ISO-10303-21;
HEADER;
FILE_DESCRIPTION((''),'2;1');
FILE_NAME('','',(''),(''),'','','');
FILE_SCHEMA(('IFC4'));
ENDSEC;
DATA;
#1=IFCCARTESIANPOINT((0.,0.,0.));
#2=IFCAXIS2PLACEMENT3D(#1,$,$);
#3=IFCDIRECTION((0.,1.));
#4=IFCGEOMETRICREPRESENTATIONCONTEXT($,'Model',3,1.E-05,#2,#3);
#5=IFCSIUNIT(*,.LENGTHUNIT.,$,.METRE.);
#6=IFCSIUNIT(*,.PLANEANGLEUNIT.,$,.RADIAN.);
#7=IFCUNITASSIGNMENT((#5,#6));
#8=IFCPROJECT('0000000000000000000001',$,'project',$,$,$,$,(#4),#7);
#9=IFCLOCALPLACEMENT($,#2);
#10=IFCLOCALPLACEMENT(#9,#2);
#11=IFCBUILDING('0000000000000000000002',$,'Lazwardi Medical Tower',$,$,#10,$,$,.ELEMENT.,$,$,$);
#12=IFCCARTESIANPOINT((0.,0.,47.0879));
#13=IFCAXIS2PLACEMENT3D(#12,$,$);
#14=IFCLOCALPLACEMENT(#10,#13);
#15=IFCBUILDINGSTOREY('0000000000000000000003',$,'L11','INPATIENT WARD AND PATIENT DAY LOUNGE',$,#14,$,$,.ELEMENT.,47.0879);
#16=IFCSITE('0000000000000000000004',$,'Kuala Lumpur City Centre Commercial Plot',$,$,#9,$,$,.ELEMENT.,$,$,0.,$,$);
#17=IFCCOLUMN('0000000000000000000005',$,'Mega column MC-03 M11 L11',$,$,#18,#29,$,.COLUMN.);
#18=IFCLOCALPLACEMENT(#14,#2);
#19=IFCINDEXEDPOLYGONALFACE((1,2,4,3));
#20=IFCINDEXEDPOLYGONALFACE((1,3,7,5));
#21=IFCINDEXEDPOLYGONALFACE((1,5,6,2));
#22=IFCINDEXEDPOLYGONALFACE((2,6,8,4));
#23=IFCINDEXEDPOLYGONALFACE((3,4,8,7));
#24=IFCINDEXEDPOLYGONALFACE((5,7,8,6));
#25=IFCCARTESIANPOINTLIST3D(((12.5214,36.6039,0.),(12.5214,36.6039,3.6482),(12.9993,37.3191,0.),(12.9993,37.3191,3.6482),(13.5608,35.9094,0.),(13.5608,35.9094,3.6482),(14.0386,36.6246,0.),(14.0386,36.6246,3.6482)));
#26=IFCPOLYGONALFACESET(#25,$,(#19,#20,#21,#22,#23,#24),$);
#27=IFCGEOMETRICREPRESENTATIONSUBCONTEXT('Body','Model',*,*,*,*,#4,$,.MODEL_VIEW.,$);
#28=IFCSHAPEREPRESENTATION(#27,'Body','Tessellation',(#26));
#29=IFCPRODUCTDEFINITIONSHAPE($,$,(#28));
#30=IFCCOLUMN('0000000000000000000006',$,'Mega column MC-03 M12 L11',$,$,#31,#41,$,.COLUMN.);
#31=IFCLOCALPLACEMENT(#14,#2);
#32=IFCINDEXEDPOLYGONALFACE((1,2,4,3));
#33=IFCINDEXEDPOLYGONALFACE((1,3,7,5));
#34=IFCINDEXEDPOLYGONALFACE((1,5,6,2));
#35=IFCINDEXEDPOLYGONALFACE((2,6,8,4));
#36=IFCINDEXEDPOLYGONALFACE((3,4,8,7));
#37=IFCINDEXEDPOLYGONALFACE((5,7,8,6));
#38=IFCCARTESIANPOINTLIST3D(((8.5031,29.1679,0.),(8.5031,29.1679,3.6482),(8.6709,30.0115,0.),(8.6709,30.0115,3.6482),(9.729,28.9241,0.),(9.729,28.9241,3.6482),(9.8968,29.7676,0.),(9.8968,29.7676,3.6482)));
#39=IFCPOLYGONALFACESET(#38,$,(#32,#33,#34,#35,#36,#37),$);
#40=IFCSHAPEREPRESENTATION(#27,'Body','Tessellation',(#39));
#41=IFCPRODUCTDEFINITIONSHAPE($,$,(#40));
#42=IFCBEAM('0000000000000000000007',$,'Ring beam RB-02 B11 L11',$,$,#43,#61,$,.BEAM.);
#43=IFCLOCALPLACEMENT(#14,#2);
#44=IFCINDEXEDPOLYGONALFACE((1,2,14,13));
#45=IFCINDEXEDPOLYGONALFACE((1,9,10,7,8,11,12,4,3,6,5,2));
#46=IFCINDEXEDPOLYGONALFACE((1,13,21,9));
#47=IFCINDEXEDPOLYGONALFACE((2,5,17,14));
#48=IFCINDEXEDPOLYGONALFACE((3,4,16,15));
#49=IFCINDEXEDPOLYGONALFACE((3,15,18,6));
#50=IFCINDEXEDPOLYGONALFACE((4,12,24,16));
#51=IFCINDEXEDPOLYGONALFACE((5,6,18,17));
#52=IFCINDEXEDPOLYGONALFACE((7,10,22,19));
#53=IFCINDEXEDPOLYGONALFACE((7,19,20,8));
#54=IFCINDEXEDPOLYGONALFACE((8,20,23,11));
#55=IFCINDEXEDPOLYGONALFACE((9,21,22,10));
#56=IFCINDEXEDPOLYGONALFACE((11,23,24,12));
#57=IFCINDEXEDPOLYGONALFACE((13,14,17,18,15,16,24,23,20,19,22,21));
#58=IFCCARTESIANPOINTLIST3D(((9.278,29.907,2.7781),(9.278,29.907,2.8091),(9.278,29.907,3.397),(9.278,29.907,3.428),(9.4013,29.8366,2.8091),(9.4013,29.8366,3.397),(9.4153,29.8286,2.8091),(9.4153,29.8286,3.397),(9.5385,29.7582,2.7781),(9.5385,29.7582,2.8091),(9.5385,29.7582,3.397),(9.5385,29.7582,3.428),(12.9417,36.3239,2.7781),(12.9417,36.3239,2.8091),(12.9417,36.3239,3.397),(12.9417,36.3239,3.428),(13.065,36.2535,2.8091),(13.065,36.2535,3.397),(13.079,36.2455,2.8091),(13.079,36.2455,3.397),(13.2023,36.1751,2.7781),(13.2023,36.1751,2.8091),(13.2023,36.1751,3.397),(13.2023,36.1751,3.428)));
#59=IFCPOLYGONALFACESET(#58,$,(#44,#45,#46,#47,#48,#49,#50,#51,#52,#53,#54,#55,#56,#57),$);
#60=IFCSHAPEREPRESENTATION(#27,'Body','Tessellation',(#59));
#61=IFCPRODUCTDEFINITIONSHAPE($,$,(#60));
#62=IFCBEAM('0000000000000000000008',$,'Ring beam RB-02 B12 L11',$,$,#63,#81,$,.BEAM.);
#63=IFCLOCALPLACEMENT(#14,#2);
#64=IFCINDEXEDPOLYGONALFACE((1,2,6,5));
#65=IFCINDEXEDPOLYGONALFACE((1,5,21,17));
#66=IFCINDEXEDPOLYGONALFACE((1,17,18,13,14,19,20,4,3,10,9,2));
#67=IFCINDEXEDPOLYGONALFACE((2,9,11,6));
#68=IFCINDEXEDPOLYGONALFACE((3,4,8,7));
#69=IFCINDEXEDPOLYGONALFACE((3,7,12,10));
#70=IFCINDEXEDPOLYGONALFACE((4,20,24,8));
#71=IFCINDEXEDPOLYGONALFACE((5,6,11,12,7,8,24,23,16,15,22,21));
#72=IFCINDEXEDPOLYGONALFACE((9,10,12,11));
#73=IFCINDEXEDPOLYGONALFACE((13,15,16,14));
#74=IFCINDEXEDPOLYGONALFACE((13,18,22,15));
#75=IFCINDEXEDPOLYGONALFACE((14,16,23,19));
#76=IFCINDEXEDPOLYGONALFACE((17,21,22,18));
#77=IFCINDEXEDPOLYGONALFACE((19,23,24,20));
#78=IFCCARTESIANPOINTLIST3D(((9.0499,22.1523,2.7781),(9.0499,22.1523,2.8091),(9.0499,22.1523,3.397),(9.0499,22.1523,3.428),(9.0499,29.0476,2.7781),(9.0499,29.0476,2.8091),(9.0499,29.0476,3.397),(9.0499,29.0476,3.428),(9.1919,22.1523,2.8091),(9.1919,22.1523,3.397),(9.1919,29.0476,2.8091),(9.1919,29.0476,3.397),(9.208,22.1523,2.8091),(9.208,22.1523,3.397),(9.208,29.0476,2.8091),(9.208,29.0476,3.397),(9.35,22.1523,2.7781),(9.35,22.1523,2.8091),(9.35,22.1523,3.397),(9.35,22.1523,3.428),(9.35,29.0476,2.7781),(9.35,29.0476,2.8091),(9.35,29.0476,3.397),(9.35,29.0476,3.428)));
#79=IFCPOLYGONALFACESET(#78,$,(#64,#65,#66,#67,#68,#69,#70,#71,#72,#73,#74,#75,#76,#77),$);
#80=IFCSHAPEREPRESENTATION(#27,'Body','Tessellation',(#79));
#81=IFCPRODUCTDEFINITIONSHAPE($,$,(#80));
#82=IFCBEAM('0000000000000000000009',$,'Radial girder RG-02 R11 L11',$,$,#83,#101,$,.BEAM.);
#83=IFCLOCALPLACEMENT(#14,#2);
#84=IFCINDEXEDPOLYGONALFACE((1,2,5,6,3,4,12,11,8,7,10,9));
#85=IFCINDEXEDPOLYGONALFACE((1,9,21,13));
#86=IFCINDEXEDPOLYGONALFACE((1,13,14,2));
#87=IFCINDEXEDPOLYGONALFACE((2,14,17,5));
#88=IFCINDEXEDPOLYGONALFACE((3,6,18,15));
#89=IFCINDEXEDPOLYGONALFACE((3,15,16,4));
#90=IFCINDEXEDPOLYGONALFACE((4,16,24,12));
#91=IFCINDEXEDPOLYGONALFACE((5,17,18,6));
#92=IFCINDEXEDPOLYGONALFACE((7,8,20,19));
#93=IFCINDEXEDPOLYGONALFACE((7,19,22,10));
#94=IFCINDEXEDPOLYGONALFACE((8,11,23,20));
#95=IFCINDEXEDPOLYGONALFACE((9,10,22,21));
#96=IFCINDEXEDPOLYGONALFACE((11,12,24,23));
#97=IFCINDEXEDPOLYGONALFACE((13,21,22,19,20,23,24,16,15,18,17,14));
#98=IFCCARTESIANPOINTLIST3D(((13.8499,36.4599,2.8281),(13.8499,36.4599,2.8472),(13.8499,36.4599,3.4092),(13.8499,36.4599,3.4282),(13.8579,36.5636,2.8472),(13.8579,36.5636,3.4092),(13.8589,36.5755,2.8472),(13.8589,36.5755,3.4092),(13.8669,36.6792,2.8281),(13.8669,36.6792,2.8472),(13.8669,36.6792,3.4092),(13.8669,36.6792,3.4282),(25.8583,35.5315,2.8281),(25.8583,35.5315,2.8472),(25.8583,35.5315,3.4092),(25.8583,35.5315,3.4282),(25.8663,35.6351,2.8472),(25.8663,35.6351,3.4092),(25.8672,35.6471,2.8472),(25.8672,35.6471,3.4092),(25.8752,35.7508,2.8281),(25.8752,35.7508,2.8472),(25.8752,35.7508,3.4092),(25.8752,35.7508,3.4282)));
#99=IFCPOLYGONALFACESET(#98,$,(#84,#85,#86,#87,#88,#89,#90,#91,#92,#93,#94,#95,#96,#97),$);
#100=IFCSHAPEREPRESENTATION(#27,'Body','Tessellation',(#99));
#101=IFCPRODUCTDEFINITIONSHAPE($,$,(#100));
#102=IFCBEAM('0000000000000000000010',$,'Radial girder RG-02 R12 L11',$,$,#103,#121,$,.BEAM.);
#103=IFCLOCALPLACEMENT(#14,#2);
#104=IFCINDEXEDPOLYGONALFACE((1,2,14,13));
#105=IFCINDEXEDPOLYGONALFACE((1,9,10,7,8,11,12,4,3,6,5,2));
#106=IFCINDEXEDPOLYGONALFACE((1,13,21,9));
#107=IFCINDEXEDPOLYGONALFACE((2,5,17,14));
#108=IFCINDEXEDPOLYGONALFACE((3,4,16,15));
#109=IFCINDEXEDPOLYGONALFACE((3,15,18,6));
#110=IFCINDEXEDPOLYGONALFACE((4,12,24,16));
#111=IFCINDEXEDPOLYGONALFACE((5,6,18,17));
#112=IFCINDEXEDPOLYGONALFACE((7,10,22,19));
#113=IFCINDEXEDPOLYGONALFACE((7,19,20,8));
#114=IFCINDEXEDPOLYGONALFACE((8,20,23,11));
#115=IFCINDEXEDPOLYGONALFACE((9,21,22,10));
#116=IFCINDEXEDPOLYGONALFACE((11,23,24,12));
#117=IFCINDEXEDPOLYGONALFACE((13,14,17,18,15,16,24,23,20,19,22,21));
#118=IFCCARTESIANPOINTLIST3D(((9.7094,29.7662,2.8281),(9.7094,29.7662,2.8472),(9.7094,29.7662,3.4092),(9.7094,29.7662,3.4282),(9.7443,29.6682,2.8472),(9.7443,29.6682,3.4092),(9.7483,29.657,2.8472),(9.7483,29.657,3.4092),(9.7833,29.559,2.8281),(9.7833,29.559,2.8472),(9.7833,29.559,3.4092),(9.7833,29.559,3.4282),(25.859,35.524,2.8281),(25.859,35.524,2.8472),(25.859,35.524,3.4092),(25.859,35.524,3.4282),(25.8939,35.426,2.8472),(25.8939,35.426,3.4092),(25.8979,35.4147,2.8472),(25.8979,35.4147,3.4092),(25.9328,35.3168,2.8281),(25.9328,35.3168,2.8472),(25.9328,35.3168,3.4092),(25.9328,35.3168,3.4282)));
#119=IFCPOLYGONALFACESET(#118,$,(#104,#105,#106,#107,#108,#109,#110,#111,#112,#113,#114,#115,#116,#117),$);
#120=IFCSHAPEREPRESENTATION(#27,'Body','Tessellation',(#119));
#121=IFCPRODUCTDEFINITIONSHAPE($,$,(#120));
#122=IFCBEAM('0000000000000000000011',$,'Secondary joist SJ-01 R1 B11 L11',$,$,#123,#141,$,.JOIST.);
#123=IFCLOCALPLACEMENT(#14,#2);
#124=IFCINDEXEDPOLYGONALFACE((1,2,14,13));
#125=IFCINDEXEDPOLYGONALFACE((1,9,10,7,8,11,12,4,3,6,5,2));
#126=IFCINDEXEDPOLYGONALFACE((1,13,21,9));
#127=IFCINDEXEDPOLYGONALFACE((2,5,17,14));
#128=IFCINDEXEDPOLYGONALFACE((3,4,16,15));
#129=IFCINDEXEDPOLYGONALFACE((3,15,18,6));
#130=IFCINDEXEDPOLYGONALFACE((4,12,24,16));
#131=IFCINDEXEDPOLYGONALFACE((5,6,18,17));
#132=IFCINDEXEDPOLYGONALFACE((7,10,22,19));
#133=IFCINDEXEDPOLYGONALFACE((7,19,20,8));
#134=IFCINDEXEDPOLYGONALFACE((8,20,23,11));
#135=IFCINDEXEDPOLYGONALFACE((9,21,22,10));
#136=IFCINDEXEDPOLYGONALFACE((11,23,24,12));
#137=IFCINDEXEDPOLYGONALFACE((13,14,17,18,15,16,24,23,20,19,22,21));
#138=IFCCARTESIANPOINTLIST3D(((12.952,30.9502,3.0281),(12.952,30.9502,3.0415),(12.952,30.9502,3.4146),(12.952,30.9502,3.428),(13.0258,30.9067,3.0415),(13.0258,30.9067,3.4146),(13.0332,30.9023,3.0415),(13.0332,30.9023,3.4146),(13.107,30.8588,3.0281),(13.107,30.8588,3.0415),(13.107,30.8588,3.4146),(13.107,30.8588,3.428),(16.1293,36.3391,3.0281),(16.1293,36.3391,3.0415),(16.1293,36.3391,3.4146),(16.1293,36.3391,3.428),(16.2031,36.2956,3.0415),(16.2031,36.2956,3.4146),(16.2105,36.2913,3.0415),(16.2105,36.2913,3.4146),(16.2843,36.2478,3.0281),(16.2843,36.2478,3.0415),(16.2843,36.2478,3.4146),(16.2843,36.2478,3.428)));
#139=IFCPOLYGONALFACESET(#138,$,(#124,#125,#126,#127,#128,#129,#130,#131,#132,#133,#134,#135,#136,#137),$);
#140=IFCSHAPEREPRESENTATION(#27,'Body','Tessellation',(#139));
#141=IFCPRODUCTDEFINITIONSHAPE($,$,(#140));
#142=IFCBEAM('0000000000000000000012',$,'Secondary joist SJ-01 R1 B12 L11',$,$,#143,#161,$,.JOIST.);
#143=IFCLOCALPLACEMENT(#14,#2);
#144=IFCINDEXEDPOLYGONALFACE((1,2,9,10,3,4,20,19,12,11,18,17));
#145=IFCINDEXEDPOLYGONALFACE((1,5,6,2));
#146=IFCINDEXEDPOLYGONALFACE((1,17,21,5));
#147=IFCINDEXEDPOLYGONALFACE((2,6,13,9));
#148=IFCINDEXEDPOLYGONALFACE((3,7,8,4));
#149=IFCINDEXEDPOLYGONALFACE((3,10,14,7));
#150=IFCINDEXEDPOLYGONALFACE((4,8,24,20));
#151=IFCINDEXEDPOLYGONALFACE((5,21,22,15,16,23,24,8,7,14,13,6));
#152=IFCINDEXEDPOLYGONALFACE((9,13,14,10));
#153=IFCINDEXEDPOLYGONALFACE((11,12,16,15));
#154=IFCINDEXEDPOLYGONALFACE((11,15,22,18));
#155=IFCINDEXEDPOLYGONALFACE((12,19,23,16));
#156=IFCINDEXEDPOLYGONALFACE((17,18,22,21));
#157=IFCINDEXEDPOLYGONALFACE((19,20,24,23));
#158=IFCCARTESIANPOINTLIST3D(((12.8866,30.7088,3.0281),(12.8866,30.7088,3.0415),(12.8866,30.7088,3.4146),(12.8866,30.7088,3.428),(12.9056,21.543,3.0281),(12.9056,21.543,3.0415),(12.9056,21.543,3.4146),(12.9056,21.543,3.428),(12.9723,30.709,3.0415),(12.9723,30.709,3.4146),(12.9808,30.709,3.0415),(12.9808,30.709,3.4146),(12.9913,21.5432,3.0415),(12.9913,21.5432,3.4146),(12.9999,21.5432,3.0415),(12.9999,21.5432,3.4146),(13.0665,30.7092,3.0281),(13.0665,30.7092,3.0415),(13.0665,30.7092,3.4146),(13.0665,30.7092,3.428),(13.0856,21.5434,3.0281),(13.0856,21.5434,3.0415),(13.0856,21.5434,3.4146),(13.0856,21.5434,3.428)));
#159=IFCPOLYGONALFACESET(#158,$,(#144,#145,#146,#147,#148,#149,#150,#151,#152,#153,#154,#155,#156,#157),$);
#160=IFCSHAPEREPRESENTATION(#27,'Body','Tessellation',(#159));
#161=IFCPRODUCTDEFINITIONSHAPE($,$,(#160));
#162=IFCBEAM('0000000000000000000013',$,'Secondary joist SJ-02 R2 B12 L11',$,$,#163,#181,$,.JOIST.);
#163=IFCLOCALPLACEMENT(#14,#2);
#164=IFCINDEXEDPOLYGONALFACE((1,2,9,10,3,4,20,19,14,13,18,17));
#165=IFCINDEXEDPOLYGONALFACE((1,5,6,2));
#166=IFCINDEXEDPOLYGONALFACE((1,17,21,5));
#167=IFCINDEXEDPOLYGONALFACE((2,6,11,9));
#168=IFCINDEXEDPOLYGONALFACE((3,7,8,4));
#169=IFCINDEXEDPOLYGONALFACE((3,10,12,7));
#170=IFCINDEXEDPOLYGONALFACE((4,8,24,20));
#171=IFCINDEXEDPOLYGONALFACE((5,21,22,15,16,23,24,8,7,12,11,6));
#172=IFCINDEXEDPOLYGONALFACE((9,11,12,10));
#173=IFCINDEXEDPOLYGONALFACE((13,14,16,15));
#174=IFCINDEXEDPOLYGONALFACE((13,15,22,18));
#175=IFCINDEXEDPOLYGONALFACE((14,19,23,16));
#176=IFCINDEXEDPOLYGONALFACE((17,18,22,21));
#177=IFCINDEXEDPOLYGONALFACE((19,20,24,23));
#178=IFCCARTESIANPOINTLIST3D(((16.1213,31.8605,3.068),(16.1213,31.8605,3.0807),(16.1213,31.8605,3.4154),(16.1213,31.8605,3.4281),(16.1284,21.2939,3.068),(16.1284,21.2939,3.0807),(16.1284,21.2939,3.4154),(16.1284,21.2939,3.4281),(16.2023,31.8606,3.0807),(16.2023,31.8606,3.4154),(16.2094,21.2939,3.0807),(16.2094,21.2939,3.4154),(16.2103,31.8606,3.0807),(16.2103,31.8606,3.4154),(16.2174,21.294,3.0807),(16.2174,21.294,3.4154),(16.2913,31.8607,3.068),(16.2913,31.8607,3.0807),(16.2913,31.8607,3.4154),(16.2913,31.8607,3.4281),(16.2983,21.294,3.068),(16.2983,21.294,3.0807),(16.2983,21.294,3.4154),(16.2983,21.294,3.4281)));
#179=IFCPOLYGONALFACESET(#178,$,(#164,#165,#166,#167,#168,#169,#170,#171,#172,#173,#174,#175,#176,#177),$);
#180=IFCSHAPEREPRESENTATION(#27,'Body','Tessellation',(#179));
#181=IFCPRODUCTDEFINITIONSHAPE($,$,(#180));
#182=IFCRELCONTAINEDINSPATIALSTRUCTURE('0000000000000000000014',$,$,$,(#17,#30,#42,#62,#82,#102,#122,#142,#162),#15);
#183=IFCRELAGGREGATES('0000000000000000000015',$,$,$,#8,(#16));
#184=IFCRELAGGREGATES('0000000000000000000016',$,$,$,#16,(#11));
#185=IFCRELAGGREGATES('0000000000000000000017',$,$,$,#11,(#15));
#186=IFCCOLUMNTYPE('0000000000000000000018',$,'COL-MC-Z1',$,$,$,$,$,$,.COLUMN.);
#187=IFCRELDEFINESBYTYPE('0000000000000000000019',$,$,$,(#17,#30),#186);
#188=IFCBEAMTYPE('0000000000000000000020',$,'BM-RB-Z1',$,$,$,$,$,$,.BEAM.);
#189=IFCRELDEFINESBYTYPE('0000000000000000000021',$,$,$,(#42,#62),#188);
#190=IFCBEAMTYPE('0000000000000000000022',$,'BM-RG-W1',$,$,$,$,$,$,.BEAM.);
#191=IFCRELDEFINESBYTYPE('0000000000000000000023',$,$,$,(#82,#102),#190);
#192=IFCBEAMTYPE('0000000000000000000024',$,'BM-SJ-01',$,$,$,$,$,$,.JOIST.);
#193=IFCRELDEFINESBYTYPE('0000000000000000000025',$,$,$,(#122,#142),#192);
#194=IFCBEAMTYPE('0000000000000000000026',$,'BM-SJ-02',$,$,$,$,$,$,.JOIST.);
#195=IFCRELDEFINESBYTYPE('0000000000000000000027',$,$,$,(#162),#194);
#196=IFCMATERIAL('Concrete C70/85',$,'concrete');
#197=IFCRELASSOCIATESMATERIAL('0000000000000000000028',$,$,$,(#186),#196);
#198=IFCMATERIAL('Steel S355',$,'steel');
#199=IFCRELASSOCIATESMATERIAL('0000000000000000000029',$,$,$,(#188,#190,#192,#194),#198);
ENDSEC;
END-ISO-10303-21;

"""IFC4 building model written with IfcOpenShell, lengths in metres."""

from ifc_helpers import new_model, si_unit, direction, frame, origin, origin_2d, place, context, subcontext, project, spatial, rectangle, i_section, extrude, material, material_profile, profile_set, type_object, element, save


model = new_model("IFC4")

# Units and contexts
model_context = context("Model", 3, precision=1e-05, world=origin(), true_north=direction((0.0, 1.0)))
body_context = subcontext(model_context, "Body", "Model", "MODEL_VIEW")
ifc_project = project(units=[si_unit("LENGTHUNIT", "METRE"), si_unit("PLANEANGLEUNIT", "RADIAN")], contexts=[model_context])

# Site, building, storey
site_placement = place(None, origin())
site = spatial("IfcSite", under=ifc_project, at=site_placement, Name="Kuala Lumpur City Centre Commercial Plot", CompositionType="ELEMENT", RefElevation=0.0)
building_placement = place(site_placement, origin())
building = spatial("IfcBuilding", under=site, at=building_placement, Name="Lazwardi Medical Tower", CompositionType="ELEMENT")
storey_placement = place(building_placement, frame((0.0, 0.0, 47.0879)))
storey = spatial("IfcBuildingStorey", under=building, at=storey_placement, Name="L11", Description="INPATIENT WARD AND PATIENT DAY LOUNGE", CompositionType="ELEMENT", Elevation=47.0879)

# Columns
ifc_material_1 = material(Name="Concrete C70/85", Category="concrete")
ifc_material_profile_1 = material_profile(ifc_material_1, rectangle(XDim=1.25, YDim=0.8601, at=origin_2d()), Name="CFT-RECT 1250x860")
ifc_profile_set_1 = profile_set([ifc_material_profile_1], Name="Concrete C70/85")
column_type = type_object("IfcColumnType", Name="COL-MC-Z1", PredefinedType="COLUMN", material=ifc_profile_set_1)
for number, where, z_axis, x_axis, name in (
    (1, (13.28, 36.6143, 0.0), (0.0, 0.0, 1.0), (-0.83147, 0.55557, 0.0), "Mega column MC-03 M11 L11"),
    (2, (9.2, 29.4678, 0.0), (0.0, 0.0, 1.0), (-0.980785, 0.19509, 0.0), "Mega column MC-03 M12 L11"),
):
    element("IfcColumn", number, at=place(storey_placement, frame(where, z_axis=z_axis, x_axis=x_axis)), inside=storey, type_object=column_type, Name=name, PredefinedType="COLUMN", context=body_context, shape_type="SweptSolid", body=[
        extrude(rectangle(XDim=1.25, YDim=0.8601, at=origin_2d()), origin(), (0.0, 0.0, 1.0), 3.6482),
    ])

# Beams
ifc_material_2 = material(Name="Steel S355", Category="steel")
ifc_material_profile_2 = material_profile(ifc_material_2, i_section(OverallWidth=0.3, OverallDepth=0.6499, WebThickness=0.0161, FlangeThickness=0.031, at=origin_2d()), Name="HEB 650")
ifc_profile_set_2 = profile_set([ifc_material_profile_2], Name="Steel S355")
beam_type_1 = type_object("IfcBeamType", Name="BM-RB-Z1", PredefinedType="BEAM", material=ifc_profile_set_2)
beam_1_placement = place(storey_placement, frame((13.072, 36.2495, 3.103), z_axis=(-0.495829, -0.86842, 0.0), x_axis=(0.86842, -0.495829, 0.0)))
element("IfcBeam", 3, at=beam_1_placement, inside=storey, type_object=beam_type_1, Name="Ring beam RB-02 B11 L11", PredefinedType="BEAM", context=body_context, shape_type="SweptSolid", body=[
    extrude(i_section(OverallWidth=0.3, OverallDepth=0.6499, WebThickness=0.0161, FlangeThickness=0.031, at=origin_2d()), origin(), (0.0, 0.0, 1.0), 7.3892),
])
beam_2_placement = place(storey_placement, frame((9.2, 29.0476, 3.103), z_axis=(0.0, -1.0, 0.0), x_axis=(1.0, 0.0, 0.0)))
element("IfcBeam", 4, at=beam_2_placement, inside=storey, type_object=beam_type_1, Name="Ring beam RB-02 B12 L11", PredefinedType="BEAM", context=body_context, shape_type="SweptSolid", body=[
    extrude(i_section(OverallWidth=0.3, OverallDepth=0.6499, WebThickness=0.0161, FlangeThickness=0.031, at=origin_2d()), origin(), (0.0, 0.0, 1.0), 6.8953),
])
ifc_material_profile_3 = material_profile(ifc_material_2, i_section(OverallWidth=0.22, OverallDepth=0.6001, WebThickness=0.012, FlangeThickness=0.019, at=origin_2d()), Name="IPE 600")
ifc_profile_set_3 = profile_set([ifc_material_profile_3], Name="Steel S355")
beam_type_2 = type_object("IfcBeamType", Name="BM-RG-W1", PredefinedType="BEAM", material=ifc_profile_set_3)
beam_3_placement = place(storey_placement, frame((13.8584, 36.5696, 3.1282), z_axis=(0.997024, -0.077089, 0.0), x_axis=(0.077089, 0.997024, 0.0)))
element("IfcBeam", 5, at=beam_3_placement, inside=storey, type_object=beam_type_2, Name="Radial girder RG-02 R11 L11", PredefinedType="BEAM", context=body_context, shape_type="SweptSolid", body=[
    extrude(i_section(OverallWidth=0.22, OverallDepth=0.6001, WebThickness=0.012, FlangeThickness=0.019, at=origin_2d()), origin(), (0.0, 0.0, 1.0), 12.0442),
])
beam_4_placement = place(storey_placement, frame((9.7463, 29.6626, 3.1282), z_axis=(0.941925, 0.335823, 0.0), x_axis=(-0.335823, 0.941925, 0.0)))
element("IfcBeam", 6, at=beam_4_placement, inside=storey, type_object=beam_type_2, Name="Radial girder RG-02 R12 L11", PredefinedType="BEAM", context=body_context, shape_type="SweptSolid", body=[
    extrude(i_section(OverallWidth=0.22, OverallDepth=0.6001, WebThickness=0.012, FlangeThickness=0.019, at=origin_2d()), origin(), (0.0, 0.0, 1.0), 17.1453),
])
ifc_material_profile_4 = material_profile(ifc_material_2, i_section(OverallWidth=0.1799, OverallDepth=0.3999, WebThickness=0.0085, FlangeThickness=0.0134, at=origin_2d()), Name="IPE 400")
ifc_profile_set_4 = profile_set([ifc_material_profile_4], Name="Steel S355")
beam_type_3 = type_object("IfcBeamType", Name="BM-SJ-01", PredefinedType="JOIST", material=ifc_profile_set_4)
beam_5_placement = place(storey_placement, frame((16.2068, 36.2935, 3.228), z_axis=(-0.507886, -0.861424, 0.0), x_axis=(0.861424, -0.507886, 0.0)))
element("IfcBeam", 7, at=beam_5_placement, inside=storey, type_object=beam_type_3, Name="Secondary joist SJ-01 R1 B11 L11", PredefinedType="JOIST", context=body_context, shape_type="SweptSolid", body=[
    extrude(i_section(OverallWidth=0.1799, OverallDepth=0.3999, WebThickness=0.0085, FlangeThickness=0.0134, at=origin_2d()), origin(), (0.0, 0.0, 1.0), 6.2559),
])
beam_6_placement = place(storey_placement, frame((12.9766, 30.709, 3.228), z_axis=(0.002078, -0.999998, 0.0), x_axis=(0.999998, 0.002078, 0.0)))
element("IfcBeam", 8, at=beam_6_placement, inside=storey, type_object=beam_type_3, Name="Secondary joist SJ-01 R1 B12 L11", PredefinedType="JOIST", context=body_context, shape_type="SweptSolid", body=[
    extrude(i_section(OverallWidth=0.1799, OverallDepth=0.3999, WebThickness=0.0085, FlangeThickness=0.0134, at=origin_2d()), origin(), (0.0, 0.0, 1.0), 9.1658),
])
ifc_material_profile_5 = material_profile(ifc_material_2, i_section(OverallWidth=0.1699, OverallDepth=0.3601, WebThickness=0.0081, FlangeThickness=0.0127, at=origin_2d()), Name="IPE 360")
ifc_profile_set_5 = profile_set([ifc_material_profile_5], Name="Steel S355")
beam_type_4 = type_object("IfcBeamType", Name="BM-SJ-02", PredefinedType="JOIST", material=ifc_profile_set_5)
beam_7_placement = place(storey_placement, frame((16.2063, 31.8606, 3.248), z_axis=(0.00067, -1.0, 0.0), x_axis=(1.0, 0.00067, 0.0)))
element("IfcBeam", 9, at=beam_7_placement, inside=storey, type_object=beam_type_4, Name="Secondary joist SJ-02 R2 B12 L11", PredefinedType="JOIST", context=body_context, shape_type="SweptSolid", body=[
    extrude(i_section(OverallWidth=0.1699, OverallDepth=0.3601, WebThickness=0.0081, FlangeThickness=0.0127, at=origin_2d()), origin(), (0.0, 0.0, 1.0), 10.5667),
])

save(model, "model.ifc")
